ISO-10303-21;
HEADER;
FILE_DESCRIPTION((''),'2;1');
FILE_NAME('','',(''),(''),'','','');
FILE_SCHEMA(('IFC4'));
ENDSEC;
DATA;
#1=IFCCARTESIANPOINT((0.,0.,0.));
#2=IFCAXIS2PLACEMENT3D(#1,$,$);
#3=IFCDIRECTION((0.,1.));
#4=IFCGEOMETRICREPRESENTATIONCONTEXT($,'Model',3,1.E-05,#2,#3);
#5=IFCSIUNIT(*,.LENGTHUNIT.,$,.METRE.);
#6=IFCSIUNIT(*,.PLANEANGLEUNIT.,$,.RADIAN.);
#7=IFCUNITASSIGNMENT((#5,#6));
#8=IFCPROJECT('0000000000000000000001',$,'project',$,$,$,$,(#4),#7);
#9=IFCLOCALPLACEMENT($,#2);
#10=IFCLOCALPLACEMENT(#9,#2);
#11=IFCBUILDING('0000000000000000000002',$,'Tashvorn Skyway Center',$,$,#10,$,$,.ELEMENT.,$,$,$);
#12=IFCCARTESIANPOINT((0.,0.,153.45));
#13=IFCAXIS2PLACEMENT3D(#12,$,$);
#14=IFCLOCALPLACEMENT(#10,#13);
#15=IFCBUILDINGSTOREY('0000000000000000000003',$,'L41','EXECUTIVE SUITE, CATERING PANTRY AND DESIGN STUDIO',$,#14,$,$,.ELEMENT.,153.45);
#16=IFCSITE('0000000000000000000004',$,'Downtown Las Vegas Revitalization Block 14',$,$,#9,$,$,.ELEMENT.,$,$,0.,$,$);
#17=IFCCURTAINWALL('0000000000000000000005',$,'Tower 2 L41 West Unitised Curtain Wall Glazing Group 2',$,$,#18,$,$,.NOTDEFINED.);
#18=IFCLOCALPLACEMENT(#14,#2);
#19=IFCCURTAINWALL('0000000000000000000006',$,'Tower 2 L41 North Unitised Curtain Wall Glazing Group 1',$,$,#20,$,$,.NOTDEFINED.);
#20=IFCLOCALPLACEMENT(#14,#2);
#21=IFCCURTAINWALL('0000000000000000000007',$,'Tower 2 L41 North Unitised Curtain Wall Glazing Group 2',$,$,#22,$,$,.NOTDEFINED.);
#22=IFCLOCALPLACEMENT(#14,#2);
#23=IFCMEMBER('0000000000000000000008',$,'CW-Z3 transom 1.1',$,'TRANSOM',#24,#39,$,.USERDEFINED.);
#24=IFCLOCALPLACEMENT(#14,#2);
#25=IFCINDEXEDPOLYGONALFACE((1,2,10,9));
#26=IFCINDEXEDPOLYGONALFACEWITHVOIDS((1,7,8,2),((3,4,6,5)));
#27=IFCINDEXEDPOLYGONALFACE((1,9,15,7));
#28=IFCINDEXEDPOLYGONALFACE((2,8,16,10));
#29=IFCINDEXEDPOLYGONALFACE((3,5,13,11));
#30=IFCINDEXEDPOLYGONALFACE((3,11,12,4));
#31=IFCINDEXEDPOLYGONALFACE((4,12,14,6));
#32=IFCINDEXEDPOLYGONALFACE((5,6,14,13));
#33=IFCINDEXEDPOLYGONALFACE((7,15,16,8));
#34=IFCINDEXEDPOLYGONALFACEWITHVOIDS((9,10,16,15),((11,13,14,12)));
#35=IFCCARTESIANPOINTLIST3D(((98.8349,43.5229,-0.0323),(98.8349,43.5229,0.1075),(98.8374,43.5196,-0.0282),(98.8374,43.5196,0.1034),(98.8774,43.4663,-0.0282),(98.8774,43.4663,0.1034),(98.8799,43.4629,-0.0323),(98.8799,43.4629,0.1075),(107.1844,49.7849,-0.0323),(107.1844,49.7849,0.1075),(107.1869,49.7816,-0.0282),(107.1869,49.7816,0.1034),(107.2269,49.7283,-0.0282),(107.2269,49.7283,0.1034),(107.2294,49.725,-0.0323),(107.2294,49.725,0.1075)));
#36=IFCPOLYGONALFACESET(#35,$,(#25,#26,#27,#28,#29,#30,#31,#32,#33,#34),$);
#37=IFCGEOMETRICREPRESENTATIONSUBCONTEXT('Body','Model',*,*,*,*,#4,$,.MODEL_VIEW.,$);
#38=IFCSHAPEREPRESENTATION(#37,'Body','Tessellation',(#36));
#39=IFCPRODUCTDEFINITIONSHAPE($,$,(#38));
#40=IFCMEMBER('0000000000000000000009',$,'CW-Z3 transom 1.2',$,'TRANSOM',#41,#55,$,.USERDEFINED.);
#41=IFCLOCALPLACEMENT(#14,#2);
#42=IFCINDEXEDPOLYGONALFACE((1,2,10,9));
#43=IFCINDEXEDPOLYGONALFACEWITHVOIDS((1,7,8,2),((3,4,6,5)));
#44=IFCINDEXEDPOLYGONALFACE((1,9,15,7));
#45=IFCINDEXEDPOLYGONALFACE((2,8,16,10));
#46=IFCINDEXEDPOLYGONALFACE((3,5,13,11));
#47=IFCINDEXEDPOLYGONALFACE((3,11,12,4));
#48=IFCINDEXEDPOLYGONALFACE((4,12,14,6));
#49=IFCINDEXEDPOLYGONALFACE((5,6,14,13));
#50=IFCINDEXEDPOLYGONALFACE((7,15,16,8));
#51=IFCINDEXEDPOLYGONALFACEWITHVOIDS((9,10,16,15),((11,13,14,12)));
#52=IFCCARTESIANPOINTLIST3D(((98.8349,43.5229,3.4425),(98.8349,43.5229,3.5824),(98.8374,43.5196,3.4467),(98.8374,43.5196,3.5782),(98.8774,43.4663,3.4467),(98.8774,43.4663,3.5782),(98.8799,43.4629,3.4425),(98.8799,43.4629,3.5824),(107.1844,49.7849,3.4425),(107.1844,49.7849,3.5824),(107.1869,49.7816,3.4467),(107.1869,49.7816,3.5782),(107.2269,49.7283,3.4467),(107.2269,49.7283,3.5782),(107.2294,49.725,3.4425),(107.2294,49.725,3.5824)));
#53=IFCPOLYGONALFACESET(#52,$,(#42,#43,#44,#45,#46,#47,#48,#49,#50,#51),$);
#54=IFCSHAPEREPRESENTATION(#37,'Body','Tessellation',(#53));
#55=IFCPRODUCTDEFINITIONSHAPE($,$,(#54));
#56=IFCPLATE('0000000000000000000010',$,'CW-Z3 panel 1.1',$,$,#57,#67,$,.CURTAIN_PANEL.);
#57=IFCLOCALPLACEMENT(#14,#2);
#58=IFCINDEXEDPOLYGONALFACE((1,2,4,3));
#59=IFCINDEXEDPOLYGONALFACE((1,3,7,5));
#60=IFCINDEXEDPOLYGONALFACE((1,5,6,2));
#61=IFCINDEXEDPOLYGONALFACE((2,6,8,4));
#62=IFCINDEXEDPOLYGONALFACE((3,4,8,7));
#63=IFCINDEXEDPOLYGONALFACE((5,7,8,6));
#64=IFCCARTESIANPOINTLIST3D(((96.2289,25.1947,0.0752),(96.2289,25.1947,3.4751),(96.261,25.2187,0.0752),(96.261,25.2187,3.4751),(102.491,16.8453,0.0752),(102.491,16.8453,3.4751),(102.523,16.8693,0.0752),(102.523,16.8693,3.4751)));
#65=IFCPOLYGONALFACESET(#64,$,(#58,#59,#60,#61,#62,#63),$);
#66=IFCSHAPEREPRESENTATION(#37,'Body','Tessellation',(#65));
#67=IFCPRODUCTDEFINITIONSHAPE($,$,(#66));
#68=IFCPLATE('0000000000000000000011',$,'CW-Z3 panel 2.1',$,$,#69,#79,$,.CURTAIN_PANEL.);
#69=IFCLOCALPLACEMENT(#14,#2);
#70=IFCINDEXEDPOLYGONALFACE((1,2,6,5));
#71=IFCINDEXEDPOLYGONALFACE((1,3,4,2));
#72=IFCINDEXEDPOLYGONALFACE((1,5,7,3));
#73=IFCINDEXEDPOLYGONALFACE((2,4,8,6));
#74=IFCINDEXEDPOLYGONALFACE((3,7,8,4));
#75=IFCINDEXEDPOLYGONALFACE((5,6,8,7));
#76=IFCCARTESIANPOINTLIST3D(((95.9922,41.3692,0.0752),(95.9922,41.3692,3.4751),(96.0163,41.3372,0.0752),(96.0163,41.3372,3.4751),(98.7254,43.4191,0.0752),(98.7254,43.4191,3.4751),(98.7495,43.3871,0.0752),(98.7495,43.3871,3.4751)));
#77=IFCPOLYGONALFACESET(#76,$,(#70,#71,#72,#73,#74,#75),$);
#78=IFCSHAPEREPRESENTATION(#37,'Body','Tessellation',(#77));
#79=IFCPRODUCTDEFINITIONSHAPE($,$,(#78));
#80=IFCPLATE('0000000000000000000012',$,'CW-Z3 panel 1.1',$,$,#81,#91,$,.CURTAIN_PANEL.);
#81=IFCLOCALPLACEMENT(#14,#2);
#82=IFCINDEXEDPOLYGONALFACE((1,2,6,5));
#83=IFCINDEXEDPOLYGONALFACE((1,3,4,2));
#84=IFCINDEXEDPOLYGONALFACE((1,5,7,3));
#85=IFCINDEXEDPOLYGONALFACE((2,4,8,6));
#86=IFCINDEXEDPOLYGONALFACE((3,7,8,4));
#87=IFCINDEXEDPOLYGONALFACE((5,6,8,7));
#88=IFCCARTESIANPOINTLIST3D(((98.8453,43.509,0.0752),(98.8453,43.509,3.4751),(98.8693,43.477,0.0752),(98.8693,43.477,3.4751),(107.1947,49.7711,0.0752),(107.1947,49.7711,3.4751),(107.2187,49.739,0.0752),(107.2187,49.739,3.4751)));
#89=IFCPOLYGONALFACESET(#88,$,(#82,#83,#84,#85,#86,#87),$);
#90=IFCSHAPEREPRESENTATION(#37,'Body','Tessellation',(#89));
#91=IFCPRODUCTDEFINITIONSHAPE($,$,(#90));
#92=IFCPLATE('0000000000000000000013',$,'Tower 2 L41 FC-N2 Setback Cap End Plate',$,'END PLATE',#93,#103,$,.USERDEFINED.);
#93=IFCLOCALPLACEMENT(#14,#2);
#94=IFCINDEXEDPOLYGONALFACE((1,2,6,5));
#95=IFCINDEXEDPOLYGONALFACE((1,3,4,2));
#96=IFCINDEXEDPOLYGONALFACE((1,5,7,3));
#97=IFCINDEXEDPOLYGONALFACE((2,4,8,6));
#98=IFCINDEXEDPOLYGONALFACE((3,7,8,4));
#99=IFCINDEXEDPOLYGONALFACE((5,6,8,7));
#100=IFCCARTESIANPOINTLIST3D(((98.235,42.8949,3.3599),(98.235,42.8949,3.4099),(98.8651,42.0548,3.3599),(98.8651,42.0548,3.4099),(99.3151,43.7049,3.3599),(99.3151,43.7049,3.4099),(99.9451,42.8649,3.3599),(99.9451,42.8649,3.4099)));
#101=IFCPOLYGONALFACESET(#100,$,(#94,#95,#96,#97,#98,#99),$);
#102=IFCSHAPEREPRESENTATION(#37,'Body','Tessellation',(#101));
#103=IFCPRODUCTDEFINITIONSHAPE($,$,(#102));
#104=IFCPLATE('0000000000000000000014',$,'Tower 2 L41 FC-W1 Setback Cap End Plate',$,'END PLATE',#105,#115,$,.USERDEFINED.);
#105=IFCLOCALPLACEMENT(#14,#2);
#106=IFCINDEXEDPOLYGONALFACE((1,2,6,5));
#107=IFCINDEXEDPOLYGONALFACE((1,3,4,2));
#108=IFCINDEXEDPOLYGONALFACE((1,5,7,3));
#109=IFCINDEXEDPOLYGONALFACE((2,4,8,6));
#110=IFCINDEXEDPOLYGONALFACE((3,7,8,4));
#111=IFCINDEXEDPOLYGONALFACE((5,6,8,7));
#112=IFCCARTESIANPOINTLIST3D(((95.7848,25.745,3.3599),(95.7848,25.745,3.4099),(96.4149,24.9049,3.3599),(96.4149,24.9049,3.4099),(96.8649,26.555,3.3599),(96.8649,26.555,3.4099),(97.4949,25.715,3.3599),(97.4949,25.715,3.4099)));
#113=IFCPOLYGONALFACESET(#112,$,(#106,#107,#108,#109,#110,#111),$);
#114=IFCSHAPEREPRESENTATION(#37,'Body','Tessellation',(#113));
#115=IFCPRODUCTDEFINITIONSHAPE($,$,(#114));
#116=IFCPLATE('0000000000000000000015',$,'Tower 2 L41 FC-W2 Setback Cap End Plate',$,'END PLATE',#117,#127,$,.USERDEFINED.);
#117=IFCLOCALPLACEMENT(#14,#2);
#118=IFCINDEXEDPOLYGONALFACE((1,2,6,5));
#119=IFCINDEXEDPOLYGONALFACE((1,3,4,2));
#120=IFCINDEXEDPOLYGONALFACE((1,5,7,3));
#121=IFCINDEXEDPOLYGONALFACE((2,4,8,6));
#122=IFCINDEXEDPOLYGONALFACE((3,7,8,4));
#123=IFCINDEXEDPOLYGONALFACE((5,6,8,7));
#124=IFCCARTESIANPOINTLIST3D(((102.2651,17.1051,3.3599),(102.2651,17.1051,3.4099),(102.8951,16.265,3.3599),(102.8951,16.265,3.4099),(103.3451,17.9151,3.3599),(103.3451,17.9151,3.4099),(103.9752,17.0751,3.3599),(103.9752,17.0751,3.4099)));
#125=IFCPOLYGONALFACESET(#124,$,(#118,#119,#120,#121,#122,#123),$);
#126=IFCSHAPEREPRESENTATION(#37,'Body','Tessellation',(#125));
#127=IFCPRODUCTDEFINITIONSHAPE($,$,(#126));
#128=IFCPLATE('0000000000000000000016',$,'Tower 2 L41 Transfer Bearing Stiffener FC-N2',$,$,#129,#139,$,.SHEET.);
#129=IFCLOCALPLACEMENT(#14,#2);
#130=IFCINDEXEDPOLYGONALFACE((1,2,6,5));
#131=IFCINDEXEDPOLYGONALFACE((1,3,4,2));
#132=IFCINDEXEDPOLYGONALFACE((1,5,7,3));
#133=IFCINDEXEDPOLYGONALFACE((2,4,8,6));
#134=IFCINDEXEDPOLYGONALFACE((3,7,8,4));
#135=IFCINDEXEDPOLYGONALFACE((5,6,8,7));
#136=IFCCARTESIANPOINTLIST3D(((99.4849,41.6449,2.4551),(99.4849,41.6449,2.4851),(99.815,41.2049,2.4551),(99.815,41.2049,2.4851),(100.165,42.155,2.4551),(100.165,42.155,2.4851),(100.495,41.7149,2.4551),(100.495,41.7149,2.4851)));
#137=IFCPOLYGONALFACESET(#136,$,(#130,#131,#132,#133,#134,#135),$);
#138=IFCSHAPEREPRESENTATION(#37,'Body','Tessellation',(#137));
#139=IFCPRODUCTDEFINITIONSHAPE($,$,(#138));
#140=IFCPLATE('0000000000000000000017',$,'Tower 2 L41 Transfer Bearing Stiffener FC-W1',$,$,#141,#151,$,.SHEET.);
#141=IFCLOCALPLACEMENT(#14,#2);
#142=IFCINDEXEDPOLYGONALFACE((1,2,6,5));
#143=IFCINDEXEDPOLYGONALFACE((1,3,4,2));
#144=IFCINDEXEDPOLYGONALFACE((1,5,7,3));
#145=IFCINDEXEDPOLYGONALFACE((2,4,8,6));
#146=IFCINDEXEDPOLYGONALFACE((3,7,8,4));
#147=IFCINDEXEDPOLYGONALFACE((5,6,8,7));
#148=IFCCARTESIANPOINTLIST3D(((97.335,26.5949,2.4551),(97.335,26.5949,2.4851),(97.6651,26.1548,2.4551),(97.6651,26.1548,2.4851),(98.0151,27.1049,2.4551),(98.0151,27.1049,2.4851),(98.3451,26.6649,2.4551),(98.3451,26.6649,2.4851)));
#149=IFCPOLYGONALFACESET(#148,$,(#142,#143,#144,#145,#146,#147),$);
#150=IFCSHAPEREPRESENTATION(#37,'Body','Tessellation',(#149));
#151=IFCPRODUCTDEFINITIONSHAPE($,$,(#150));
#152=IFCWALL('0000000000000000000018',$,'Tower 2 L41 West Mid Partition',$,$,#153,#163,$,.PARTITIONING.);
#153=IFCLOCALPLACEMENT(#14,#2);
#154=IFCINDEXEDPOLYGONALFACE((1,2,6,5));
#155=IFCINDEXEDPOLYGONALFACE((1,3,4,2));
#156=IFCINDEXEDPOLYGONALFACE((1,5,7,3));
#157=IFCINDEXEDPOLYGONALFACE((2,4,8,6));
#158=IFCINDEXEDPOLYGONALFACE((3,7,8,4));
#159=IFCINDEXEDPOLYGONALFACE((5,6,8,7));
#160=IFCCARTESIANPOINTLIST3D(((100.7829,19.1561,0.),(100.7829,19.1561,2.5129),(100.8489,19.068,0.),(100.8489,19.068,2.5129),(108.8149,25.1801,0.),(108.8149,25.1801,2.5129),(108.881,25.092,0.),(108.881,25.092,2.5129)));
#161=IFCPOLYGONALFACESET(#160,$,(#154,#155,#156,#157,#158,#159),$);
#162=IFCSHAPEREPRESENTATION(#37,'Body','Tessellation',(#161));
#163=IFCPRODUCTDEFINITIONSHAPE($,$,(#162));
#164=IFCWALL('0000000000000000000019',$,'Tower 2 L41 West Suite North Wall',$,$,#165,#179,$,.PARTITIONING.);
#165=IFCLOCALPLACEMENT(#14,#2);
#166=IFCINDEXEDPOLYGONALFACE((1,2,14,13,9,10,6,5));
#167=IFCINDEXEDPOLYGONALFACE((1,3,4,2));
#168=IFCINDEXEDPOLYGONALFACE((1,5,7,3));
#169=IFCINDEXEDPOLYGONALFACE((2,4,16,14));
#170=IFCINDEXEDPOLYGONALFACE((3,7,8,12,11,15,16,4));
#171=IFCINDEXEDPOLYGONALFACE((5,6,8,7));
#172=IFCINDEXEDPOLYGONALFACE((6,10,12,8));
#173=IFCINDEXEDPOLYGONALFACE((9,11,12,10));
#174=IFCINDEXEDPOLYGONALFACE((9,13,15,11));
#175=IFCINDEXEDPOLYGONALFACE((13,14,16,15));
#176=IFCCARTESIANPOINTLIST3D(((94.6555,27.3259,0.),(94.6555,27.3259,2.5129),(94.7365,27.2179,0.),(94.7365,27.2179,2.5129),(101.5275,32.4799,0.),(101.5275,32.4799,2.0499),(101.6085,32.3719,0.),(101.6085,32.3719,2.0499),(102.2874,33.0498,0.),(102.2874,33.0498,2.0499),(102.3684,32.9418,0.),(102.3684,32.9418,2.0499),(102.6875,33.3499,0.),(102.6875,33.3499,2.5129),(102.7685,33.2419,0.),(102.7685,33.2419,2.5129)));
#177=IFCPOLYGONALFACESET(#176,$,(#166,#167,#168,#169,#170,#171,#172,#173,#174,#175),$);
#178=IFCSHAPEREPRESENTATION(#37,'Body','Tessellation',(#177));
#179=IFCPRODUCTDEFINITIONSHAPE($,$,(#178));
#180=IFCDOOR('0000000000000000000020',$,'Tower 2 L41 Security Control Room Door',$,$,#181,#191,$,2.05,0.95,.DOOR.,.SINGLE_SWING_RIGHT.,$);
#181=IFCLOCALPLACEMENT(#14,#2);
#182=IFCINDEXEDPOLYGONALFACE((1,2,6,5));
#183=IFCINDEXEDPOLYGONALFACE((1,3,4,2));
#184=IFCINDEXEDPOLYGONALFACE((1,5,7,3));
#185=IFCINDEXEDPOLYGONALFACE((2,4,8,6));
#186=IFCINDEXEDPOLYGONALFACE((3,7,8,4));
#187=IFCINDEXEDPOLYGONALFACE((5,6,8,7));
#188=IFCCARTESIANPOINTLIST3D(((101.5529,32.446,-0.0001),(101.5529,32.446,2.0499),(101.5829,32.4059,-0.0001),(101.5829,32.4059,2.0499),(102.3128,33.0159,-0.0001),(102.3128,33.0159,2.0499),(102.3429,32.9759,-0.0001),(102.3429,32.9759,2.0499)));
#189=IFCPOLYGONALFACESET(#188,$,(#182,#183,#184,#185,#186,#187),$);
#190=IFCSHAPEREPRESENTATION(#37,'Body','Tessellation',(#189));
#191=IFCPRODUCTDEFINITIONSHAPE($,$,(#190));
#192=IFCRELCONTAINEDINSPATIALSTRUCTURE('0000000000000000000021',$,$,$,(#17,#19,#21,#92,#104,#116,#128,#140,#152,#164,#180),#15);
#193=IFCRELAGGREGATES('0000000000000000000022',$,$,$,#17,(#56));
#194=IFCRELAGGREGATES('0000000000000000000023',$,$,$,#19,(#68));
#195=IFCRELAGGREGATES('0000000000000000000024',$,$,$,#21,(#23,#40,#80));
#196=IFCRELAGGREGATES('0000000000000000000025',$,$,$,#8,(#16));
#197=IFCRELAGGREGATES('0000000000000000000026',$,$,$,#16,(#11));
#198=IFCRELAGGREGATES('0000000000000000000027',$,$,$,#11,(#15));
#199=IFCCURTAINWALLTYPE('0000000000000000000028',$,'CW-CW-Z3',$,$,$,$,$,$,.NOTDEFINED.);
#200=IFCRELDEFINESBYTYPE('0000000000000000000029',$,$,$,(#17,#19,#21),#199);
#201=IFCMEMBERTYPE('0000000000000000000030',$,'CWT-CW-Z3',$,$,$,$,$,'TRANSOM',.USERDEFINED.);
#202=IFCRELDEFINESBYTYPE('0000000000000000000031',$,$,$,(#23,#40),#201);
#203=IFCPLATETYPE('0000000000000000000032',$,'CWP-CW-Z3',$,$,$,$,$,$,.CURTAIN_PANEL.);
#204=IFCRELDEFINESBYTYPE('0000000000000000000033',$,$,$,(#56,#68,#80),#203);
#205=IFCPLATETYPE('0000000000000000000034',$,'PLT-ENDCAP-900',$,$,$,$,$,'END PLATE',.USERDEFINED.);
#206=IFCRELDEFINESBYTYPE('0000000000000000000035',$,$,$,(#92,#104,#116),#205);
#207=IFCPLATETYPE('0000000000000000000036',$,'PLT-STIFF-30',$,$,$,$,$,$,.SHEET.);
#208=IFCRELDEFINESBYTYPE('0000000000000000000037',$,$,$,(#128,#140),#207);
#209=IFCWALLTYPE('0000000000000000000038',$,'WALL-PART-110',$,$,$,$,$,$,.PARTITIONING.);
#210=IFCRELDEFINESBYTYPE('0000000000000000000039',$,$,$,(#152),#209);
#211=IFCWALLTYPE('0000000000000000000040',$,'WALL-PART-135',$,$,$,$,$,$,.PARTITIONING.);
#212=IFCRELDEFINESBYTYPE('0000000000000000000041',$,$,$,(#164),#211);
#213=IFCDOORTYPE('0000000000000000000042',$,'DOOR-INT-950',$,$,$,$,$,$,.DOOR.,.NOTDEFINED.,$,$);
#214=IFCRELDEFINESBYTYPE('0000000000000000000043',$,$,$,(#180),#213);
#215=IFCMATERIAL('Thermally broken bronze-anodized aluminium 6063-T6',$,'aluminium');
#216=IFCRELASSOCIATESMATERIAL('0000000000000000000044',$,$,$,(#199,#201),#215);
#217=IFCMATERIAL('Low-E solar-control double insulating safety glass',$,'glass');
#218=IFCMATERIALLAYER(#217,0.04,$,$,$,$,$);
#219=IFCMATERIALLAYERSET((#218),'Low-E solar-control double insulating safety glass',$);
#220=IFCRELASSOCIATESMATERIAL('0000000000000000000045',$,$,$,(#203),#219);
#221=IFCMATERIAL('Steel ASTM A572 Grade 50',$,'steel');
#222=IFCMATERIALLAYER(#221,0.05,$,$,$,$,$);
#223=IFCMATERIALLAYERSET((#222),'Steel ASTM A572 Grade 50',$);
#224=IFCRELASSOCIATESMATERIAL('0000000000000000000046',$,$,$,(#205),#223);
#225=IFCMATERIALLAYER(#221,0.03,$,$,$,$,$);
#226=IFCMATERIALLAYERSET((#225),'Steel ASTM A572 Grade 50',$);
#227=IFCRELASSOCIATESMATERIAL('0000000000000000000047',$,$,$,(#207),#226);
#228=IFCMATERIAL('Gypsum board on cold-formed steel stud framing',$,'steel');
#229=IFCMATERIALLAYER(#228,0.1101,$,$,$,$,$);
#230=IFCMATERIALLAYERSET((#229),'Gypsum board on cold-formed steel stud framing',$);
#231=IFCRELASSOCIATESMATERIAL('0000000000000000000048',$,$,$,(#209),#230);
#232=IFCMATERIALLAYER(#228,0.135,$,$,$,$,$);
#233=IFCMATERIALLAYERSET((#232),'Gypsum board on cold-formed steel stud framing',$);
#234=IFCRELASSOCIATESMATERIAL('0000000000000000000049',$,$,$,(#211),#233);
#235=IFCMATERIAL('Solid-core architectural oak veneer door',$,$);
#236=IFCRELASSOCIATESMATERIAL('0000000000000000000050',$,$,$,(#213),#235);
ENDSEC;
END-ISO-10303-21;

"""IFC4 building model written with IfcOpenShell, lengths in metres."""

from ifc_helpers import new_model, si_unit, direction, frame, frame_2d, origin, origin_2d, place, context, subcontext, project, spatial, rectangle, hollow_rectangle, extrude, material, layer, layer_set, material_profile, profile_set, type_object, element, fill, aggregate, save


model = new_model("IFC4")

# Units and contexts
model_context = context("Model", 3, precision=1e-05, world=origin(), true_north=direction((0.0, 1.0)))
body_context = subcontext(model_context, "Body", "Model", "MODEL_VIEW")
ifc_project = project(units=[si_unit("LENGTHUNIT", "METRE"), si_unit("PLANEANGLEUNIT", "RADIAN")], contexts=[model_context])

# Site, building, storey
site_placement = place(None, origin())
site = spatial("IfcSite", under=ifc_project, at=site_placement, Name="Downtown Las Vegas Revitalization Block 14", CompositionType="ELEMENT", RefElevation=0.0)
building_placement = place(site_placement, origin())
building = spatial("IfcBuilding", under=site, at=building_placement, Name="Tashvorn Skyway Center", CompositionType="ELEMENT")
storey_placement = place(building_placement, frame((0.0, 0.0, 153.45)))
storey = spatial("IfcBuildingStorey", under=building, at=storey_placement, Name="L41", Description="EXECUTIVE SUITE, CATERING PANTRY AND DESIGN STUDIO", CompositionType="ELEMENT", Elevation=153.45)

# Shared definitions
ifc_material_1 = material(Name="Steel ASTM A572 Grade 50", Category="steel")

# Shared definitions
ifc_material_2 = material(Name="Thermally broken bronze-anodized aluminium 6063-T6", Category="aluminium")
curtain_wall_type = type_object("IfcCurtainWallType", Name="CW-CW-Z3", PredefinedType="NOTDEFINED", material=ifc_material_2)

# Curtain wall
curtain_wall_1_placement = place(storey_placement, origin())
curtain_wall_1 = element("IfcCurtainWall", 1, at=curtain_wall_1_placement, inside=storey, type_object=curtain_wall_type, Name="Tower 2 L41 West Unitised Curtain Wall Glazing Group 2", PredefinedType="NOTDEFINED")

# Curtain walls
curtain_wall_2_placement = place(storey_placement, origin())
curtain_wall_2 = element("IfcCurtainWall", 2, at=curtain_wall_2_placement, inside=storey, type_object=curtain_wall_type, Name="Tower 2 L41 North Unitised Curtain Wall Glazing Group 1", PredefinedType="NOTDEFINED")
curtain_wall_3_placement = place(storey_placement, origin())
curtain_wall_3 = element("IfcCurtainWall", 3, at=curtain_wall_3_placement, inside=storey, type_object=curtain_wall_type, Name="Tower 2 L41 North Unitised Curtain Wall Glazing Group 2", PredefinedType="NOTDEFINED")

# Members
ifc_material_profile_1 = material_profile(ifc_material_2, hollow_rectangle(XDim=0.075, YDim=0.1399, WallThickness=0.0042, at=origin_2d()), Name="ALU-TRAN-75x140")
ifc_profile_set_1 = profile_set([ifc_material_profile_1], Name="Thermally broken bronze-anodized aluminium 6063-T6")
member_type_1 = type_object("IfcMemberType", Name="CWT-CW-Z3", ElementType="TRANSOM", PredefinedType="USERDEFINED", material=ifc_profile_set_1)
member_1_placement = place(storey_placement, frame((98.8574, 43.4929, 0.0376), z_axis=(0.800003, 0.599996, 0.0), x_axis=(-0.599996, 0.800003, 0.0)))
member_1 = element("IfcMember", 4, at=member_1_placement, type_object=member_type_1, Name="CW-Z3 transom 1.1", ObjectType="TRANSOM", PredefinedType="USERDEFINED", context=body_context, shape_type="SweptSolid", body=[
    extrude(hollow_rectangle(XDim=0.075, YDim=0.1399, WallThickness=0.0042, at=origin_2d()), origin(), (0.0, 0.0, 1.0), 10.4368),
])
member_2_placement = place(storey_placement, frame((98.8574, 43.4929, 3.5125), z_axis=(0.800003, 0.599996, 0.0), x_axis=(-0.599996, 0.800003, 0.0)))
member_2 = element("IfcMember", 5, at=member_2_placement, type_object=member_type_1, Name="CW-Z3 transom 1.2", ObjectType="TRANSOM", PredefinedType="USERDEFINED", context=body_context, shape_type="SweptSolid", body=[
    extrude(hollow_rectangle(XDim=0.075, YDim=0.1399, WallThickness=0.0042, at=origin_2d()), origin(), (0.0, 0.0, 1.0), 10.4368),
])

# Plates
ifc_material_3 = material(Name="Low-E solar-control double insulating safety glass", Category="glass")
ifc_layer_1 = layer(ifc_material_3, 0.04)
ifc_layer_set_1 = layer_set([ifc_layer_1], Name="Low-E solar-control double insulating safety glass")
plate_type_1 = type_object("IfcPlateType", Name="CWP-CW-Z3", PredefinedType="CURTAIN_PANEL", material=ifc_layer_set_1)
plate_1_placement = place(storey_placement, frame((99.376, 21.032, 0.0752), z_axis=(0.0, 0.0, 1.0), x_axis=(-0.599997, 0.800002, 0.0)))
plate_1 = element("IfcPlate", 6, at=plate_1_placement, type_object=plate_type_1, Name="CW-Z3 panel 1.1", PredefinedType="CURTAIN_PANEL", context=body_context, shape_type="SweptSolid", body=[
    extrude(rectangle(XDim=10.4368, YDim=0.04, at=origin_2d()), origin(), (0.0, 0.0, 1.0), 3.3999),
])
aggregate(curtain_wall_1, [plate_1])
plate_2_placement = place(storey_placement, frame((97.3708, 42.3782, 0.0752), z_axis=(0.0, 0.0, 1.0), x_axis=(0.799997, 0.600005, 0.0)))
plate_2 = element("IfcPlate", 7, at=plate_2_placement, type_object=plate_type_1, Name="CW-Z3 panel 2.1", PredefinedType="CURTAIN_PANEL", context=body_context, shape_type="SweptSolid", body=[
    extrude(rectangle(XDim=3.4165, YDim=0.04, at=origin_2d()), origin(), (0.0, 0.0, 1.0), 3.3999),
])
aggregate(curtain_wall_2, [plate_2])
plate_3_placement = place(storey_placement, frame((103.032, 46.624, 0.0752), z_axis=(0.0, 0.0, 1.0), x_axis=(0.800002, 0.599997, 0.0)))
plate_3 = element("IfcPlate", 8, at=plate_3_placement, type_object=plate_type_1, Name="CW-Z3 panel 1.1", PredefinedType="CURTAIN_PANEL", context=body_context, shape_type="SweptSolid", body=[
    extrude(rectangle(XDim=10.4368, YDim=0.04, at=origin_2d()), origin(), (0.0, 0.0, 1.0), 3.3999),
])
aggregate(curtain_wall_3, [member_1, member_2, plate_3])

# Plates
ifc_layer_2 = layer(ifc_material_1, 0.05)
ifc_layer_set_2 = layer_set([ifc_layer_2], Name="Steel ASTM A572 Grade 50")
plate_type_2 = type_object("IfcPlateType", Name="PLT-ENDCAP-900", ElementType="END PLATE", PredefinedType="USERDEFINED", material=ifc_layer_set_2)
for number, where, z_axis, x_axis, name in (
    (9, (99.0901, 42.8799, 3.3599), (0.0, 0.0, 1.0), (0.8, 0.6, 0.0), "Tower 2 L41 FC-N2 Setback Cap End Plate"),
    (10, (96.6399, 25.73, 3.3599), (0.0, 0.0, 1.0), (0.8, 0.6, 0.0), "Tower 2 L41 FC-W1 Setback Cap End Plate"),
    (11, (103.1201, 17.0901, 3.3599), (0.0, 0.0, 1.0), (0.8, 0.6, 0.0), "Tower 2 L41 FC-W2 Setback Cap End Plate"),
):
    element("IfcPlate", number, at=place(storey_placement, frame(where, z_axis=z_axis, x_axis=x_axis)), inside=storey, type_object=plate_type_2, Name=name, ObjectType="END PLATE", PredefinedType="USERDEFINED", context=body_context, shape_type="SweptSolid", body=[
        extrude(rectangle(XDim=1.3501, YDim=1.05, at=origin_2d()), origin(), (0.0, 0.0, 1.0), 0.05),
    ])
ifc_layer_3 = layer(ifc_material_1, 0.03)
ifc_layer_set_3 = layer_set([ifc_layer_3], Name="Steel ASTM A572 Grade 50")
plate_type_3 = type_object("IfcPlateType", Name="PLT-STIFF-30", PredefinedType="SHEET", material=ifc_layer_set_3)
for number, where, z_axis, x_axis, name in (
    (12, (99.99, 41.6799, 2.4551), (0.0, 0.0, 1.0), (0.8, 0.6, 0.0), "Tower 2 L41 Transfer Bearing Stiffener FC-N2"),
    (13, (97.8401, 26.6299, 2.4551), (0.0, 0.0, 1.0), (0.8, 0.6, 0.0), "Tower 2 L41 Transfer Bearing Stiffener FC-W1"),
):
    element("IfcPlate", number, at=place(storey_placement, frame(where, z_axis=z_axis, x_axis=x_axis)), inside=storey, type_object=plate_type_3, Name=name, PredefinedType="SHEET", context=body_context, shape_type="SweptSolid", body=[
        extrude(rectangle(XDim=0.8501, YDim=0.55, at=origin_2d()), origin(), (0.0, 0.0, 1.0), 0.03),
    ])

# Wall
ifc_material_4 = material(Name="Gypsum board on cold-formed steel stud framing", Category="steel")
ifc_layer_4 = layer(ifc_material_4, 0.1101)
ifc_layer_set_4 = layer_set([ifc_layer_4], Name="Gypsum board on cold-formed steel stud framing")
wall_type_1 = type_object("IfcWallType", Name="WALL-PART-110", PredefinedType="PARTITIONING", material=ifc_layer_set_4)
wall_1_placement = place(storey_placement, frame((100.8159, 19.1121, 0.0), z_axis=(0.0, 0.0, 1.0), x_axis=(0.800003, 0.599996, 0.0)))
element("IfcWall", 14, at=wall_1_placement, inside=storey, type_object=wall_type_1, Name="Tower 2 L41 West Mid Partition", PredefinedType="PARTITIONING", context=body_context, shape_type="SweptSolid", body=[
    extrude(rectangle(XDim=10.04, YDim=0.1101, at=frame_2d((5.02, 0.0))), origin(), (0.0, 0.0, 1.0), 2.5129),
])

# Wall, opening, door
ifc_layer_5 = layer(ifc_material_4, 0.135)
ifc_layer_set_5 = layer_set([ifc_layer_5], Name="Gypsum board on cold-formed steel stud framing")
wall_type_2 = type_object("IfcWallType", Name="WALL-PART-135", PredefinedType="PARTITIONING", material=ifc_layer_set_5)
wall_2_placement = place(storey_placement, frame((102.728, 33.2959, 0.0), z_axis=(0.0, 0.0, 1.0), x_axis=(-0.800003, -0.599996, 0.0)))
wall_2 = element("IfcWall", 15, at=wall_2_placement, inside=storey, type_object=wall_type_2, Name="Tower 2 L41 West Suite North Wall", PredefinedType="PARTITIONING", context=body_context, shape_type="SweptSolid", body=[
    extrude(rectangle(XDim=10.04, YDim=0.135, at=frame_2d((5.02, 0.0))), origin(), (0.0, 0.0, 1.0), 2.5129),
])
opening_placement = place(wall_2_placement, frame((0.5, 0.0, 0.0)))
opening = element("IfcOpeningElement", 16, at=opening_placement, cuts=wall_2, PredefinedType="OPENING", context=body_context, shape_type="SweptSolid", body=[
    extrude(rectangle(XDim=0.95, YDim=2.05, at=frame_2d((0.4751, 1.0249))), frame((0.0, 0.0774, 0.0), z_axis=(0.0, -1.0, 0.0), x_axis=(1.0, 0.0, 0.0)), (0.0, 0.0, 1.0), 0.155),
])
ifc_material_5 = material(Name="Solid-core architectural oak veneer door")
door_type = type_object("IfcDoorType", Name="DOOR-INT-950", OperationType="NOTDEFINED", PredefinedType="DOOR", material=ifc_material_5)
door_placement = place(opening_placement, origin())
door = element("IfcDoor", 17, at=door_placement, inside=storey, type_object=door_type, Name="Tower 2 L41 Security Control Room Door", OperationType="SINGLE_SWING_RIGHT", OverallHeight=2.05, OverallWidth=0.95, PredefinedType="DOOR", context=body_context, shape_type="SweptSolid", body=[
    extrude(rectangle(XDim=0.95, YDim=2.05, at=frame_2d((0.4751, 1.0249))), frame((0.0, 0.0249, 0.0), z_axis=(0.0, -1.0, 0.0), x_axis=(1.0, 0.0, 0.0)), (0.0, 0.0, 1.0), 0.05),
])
fill(opening, door)

save(model, "model.ifc")
